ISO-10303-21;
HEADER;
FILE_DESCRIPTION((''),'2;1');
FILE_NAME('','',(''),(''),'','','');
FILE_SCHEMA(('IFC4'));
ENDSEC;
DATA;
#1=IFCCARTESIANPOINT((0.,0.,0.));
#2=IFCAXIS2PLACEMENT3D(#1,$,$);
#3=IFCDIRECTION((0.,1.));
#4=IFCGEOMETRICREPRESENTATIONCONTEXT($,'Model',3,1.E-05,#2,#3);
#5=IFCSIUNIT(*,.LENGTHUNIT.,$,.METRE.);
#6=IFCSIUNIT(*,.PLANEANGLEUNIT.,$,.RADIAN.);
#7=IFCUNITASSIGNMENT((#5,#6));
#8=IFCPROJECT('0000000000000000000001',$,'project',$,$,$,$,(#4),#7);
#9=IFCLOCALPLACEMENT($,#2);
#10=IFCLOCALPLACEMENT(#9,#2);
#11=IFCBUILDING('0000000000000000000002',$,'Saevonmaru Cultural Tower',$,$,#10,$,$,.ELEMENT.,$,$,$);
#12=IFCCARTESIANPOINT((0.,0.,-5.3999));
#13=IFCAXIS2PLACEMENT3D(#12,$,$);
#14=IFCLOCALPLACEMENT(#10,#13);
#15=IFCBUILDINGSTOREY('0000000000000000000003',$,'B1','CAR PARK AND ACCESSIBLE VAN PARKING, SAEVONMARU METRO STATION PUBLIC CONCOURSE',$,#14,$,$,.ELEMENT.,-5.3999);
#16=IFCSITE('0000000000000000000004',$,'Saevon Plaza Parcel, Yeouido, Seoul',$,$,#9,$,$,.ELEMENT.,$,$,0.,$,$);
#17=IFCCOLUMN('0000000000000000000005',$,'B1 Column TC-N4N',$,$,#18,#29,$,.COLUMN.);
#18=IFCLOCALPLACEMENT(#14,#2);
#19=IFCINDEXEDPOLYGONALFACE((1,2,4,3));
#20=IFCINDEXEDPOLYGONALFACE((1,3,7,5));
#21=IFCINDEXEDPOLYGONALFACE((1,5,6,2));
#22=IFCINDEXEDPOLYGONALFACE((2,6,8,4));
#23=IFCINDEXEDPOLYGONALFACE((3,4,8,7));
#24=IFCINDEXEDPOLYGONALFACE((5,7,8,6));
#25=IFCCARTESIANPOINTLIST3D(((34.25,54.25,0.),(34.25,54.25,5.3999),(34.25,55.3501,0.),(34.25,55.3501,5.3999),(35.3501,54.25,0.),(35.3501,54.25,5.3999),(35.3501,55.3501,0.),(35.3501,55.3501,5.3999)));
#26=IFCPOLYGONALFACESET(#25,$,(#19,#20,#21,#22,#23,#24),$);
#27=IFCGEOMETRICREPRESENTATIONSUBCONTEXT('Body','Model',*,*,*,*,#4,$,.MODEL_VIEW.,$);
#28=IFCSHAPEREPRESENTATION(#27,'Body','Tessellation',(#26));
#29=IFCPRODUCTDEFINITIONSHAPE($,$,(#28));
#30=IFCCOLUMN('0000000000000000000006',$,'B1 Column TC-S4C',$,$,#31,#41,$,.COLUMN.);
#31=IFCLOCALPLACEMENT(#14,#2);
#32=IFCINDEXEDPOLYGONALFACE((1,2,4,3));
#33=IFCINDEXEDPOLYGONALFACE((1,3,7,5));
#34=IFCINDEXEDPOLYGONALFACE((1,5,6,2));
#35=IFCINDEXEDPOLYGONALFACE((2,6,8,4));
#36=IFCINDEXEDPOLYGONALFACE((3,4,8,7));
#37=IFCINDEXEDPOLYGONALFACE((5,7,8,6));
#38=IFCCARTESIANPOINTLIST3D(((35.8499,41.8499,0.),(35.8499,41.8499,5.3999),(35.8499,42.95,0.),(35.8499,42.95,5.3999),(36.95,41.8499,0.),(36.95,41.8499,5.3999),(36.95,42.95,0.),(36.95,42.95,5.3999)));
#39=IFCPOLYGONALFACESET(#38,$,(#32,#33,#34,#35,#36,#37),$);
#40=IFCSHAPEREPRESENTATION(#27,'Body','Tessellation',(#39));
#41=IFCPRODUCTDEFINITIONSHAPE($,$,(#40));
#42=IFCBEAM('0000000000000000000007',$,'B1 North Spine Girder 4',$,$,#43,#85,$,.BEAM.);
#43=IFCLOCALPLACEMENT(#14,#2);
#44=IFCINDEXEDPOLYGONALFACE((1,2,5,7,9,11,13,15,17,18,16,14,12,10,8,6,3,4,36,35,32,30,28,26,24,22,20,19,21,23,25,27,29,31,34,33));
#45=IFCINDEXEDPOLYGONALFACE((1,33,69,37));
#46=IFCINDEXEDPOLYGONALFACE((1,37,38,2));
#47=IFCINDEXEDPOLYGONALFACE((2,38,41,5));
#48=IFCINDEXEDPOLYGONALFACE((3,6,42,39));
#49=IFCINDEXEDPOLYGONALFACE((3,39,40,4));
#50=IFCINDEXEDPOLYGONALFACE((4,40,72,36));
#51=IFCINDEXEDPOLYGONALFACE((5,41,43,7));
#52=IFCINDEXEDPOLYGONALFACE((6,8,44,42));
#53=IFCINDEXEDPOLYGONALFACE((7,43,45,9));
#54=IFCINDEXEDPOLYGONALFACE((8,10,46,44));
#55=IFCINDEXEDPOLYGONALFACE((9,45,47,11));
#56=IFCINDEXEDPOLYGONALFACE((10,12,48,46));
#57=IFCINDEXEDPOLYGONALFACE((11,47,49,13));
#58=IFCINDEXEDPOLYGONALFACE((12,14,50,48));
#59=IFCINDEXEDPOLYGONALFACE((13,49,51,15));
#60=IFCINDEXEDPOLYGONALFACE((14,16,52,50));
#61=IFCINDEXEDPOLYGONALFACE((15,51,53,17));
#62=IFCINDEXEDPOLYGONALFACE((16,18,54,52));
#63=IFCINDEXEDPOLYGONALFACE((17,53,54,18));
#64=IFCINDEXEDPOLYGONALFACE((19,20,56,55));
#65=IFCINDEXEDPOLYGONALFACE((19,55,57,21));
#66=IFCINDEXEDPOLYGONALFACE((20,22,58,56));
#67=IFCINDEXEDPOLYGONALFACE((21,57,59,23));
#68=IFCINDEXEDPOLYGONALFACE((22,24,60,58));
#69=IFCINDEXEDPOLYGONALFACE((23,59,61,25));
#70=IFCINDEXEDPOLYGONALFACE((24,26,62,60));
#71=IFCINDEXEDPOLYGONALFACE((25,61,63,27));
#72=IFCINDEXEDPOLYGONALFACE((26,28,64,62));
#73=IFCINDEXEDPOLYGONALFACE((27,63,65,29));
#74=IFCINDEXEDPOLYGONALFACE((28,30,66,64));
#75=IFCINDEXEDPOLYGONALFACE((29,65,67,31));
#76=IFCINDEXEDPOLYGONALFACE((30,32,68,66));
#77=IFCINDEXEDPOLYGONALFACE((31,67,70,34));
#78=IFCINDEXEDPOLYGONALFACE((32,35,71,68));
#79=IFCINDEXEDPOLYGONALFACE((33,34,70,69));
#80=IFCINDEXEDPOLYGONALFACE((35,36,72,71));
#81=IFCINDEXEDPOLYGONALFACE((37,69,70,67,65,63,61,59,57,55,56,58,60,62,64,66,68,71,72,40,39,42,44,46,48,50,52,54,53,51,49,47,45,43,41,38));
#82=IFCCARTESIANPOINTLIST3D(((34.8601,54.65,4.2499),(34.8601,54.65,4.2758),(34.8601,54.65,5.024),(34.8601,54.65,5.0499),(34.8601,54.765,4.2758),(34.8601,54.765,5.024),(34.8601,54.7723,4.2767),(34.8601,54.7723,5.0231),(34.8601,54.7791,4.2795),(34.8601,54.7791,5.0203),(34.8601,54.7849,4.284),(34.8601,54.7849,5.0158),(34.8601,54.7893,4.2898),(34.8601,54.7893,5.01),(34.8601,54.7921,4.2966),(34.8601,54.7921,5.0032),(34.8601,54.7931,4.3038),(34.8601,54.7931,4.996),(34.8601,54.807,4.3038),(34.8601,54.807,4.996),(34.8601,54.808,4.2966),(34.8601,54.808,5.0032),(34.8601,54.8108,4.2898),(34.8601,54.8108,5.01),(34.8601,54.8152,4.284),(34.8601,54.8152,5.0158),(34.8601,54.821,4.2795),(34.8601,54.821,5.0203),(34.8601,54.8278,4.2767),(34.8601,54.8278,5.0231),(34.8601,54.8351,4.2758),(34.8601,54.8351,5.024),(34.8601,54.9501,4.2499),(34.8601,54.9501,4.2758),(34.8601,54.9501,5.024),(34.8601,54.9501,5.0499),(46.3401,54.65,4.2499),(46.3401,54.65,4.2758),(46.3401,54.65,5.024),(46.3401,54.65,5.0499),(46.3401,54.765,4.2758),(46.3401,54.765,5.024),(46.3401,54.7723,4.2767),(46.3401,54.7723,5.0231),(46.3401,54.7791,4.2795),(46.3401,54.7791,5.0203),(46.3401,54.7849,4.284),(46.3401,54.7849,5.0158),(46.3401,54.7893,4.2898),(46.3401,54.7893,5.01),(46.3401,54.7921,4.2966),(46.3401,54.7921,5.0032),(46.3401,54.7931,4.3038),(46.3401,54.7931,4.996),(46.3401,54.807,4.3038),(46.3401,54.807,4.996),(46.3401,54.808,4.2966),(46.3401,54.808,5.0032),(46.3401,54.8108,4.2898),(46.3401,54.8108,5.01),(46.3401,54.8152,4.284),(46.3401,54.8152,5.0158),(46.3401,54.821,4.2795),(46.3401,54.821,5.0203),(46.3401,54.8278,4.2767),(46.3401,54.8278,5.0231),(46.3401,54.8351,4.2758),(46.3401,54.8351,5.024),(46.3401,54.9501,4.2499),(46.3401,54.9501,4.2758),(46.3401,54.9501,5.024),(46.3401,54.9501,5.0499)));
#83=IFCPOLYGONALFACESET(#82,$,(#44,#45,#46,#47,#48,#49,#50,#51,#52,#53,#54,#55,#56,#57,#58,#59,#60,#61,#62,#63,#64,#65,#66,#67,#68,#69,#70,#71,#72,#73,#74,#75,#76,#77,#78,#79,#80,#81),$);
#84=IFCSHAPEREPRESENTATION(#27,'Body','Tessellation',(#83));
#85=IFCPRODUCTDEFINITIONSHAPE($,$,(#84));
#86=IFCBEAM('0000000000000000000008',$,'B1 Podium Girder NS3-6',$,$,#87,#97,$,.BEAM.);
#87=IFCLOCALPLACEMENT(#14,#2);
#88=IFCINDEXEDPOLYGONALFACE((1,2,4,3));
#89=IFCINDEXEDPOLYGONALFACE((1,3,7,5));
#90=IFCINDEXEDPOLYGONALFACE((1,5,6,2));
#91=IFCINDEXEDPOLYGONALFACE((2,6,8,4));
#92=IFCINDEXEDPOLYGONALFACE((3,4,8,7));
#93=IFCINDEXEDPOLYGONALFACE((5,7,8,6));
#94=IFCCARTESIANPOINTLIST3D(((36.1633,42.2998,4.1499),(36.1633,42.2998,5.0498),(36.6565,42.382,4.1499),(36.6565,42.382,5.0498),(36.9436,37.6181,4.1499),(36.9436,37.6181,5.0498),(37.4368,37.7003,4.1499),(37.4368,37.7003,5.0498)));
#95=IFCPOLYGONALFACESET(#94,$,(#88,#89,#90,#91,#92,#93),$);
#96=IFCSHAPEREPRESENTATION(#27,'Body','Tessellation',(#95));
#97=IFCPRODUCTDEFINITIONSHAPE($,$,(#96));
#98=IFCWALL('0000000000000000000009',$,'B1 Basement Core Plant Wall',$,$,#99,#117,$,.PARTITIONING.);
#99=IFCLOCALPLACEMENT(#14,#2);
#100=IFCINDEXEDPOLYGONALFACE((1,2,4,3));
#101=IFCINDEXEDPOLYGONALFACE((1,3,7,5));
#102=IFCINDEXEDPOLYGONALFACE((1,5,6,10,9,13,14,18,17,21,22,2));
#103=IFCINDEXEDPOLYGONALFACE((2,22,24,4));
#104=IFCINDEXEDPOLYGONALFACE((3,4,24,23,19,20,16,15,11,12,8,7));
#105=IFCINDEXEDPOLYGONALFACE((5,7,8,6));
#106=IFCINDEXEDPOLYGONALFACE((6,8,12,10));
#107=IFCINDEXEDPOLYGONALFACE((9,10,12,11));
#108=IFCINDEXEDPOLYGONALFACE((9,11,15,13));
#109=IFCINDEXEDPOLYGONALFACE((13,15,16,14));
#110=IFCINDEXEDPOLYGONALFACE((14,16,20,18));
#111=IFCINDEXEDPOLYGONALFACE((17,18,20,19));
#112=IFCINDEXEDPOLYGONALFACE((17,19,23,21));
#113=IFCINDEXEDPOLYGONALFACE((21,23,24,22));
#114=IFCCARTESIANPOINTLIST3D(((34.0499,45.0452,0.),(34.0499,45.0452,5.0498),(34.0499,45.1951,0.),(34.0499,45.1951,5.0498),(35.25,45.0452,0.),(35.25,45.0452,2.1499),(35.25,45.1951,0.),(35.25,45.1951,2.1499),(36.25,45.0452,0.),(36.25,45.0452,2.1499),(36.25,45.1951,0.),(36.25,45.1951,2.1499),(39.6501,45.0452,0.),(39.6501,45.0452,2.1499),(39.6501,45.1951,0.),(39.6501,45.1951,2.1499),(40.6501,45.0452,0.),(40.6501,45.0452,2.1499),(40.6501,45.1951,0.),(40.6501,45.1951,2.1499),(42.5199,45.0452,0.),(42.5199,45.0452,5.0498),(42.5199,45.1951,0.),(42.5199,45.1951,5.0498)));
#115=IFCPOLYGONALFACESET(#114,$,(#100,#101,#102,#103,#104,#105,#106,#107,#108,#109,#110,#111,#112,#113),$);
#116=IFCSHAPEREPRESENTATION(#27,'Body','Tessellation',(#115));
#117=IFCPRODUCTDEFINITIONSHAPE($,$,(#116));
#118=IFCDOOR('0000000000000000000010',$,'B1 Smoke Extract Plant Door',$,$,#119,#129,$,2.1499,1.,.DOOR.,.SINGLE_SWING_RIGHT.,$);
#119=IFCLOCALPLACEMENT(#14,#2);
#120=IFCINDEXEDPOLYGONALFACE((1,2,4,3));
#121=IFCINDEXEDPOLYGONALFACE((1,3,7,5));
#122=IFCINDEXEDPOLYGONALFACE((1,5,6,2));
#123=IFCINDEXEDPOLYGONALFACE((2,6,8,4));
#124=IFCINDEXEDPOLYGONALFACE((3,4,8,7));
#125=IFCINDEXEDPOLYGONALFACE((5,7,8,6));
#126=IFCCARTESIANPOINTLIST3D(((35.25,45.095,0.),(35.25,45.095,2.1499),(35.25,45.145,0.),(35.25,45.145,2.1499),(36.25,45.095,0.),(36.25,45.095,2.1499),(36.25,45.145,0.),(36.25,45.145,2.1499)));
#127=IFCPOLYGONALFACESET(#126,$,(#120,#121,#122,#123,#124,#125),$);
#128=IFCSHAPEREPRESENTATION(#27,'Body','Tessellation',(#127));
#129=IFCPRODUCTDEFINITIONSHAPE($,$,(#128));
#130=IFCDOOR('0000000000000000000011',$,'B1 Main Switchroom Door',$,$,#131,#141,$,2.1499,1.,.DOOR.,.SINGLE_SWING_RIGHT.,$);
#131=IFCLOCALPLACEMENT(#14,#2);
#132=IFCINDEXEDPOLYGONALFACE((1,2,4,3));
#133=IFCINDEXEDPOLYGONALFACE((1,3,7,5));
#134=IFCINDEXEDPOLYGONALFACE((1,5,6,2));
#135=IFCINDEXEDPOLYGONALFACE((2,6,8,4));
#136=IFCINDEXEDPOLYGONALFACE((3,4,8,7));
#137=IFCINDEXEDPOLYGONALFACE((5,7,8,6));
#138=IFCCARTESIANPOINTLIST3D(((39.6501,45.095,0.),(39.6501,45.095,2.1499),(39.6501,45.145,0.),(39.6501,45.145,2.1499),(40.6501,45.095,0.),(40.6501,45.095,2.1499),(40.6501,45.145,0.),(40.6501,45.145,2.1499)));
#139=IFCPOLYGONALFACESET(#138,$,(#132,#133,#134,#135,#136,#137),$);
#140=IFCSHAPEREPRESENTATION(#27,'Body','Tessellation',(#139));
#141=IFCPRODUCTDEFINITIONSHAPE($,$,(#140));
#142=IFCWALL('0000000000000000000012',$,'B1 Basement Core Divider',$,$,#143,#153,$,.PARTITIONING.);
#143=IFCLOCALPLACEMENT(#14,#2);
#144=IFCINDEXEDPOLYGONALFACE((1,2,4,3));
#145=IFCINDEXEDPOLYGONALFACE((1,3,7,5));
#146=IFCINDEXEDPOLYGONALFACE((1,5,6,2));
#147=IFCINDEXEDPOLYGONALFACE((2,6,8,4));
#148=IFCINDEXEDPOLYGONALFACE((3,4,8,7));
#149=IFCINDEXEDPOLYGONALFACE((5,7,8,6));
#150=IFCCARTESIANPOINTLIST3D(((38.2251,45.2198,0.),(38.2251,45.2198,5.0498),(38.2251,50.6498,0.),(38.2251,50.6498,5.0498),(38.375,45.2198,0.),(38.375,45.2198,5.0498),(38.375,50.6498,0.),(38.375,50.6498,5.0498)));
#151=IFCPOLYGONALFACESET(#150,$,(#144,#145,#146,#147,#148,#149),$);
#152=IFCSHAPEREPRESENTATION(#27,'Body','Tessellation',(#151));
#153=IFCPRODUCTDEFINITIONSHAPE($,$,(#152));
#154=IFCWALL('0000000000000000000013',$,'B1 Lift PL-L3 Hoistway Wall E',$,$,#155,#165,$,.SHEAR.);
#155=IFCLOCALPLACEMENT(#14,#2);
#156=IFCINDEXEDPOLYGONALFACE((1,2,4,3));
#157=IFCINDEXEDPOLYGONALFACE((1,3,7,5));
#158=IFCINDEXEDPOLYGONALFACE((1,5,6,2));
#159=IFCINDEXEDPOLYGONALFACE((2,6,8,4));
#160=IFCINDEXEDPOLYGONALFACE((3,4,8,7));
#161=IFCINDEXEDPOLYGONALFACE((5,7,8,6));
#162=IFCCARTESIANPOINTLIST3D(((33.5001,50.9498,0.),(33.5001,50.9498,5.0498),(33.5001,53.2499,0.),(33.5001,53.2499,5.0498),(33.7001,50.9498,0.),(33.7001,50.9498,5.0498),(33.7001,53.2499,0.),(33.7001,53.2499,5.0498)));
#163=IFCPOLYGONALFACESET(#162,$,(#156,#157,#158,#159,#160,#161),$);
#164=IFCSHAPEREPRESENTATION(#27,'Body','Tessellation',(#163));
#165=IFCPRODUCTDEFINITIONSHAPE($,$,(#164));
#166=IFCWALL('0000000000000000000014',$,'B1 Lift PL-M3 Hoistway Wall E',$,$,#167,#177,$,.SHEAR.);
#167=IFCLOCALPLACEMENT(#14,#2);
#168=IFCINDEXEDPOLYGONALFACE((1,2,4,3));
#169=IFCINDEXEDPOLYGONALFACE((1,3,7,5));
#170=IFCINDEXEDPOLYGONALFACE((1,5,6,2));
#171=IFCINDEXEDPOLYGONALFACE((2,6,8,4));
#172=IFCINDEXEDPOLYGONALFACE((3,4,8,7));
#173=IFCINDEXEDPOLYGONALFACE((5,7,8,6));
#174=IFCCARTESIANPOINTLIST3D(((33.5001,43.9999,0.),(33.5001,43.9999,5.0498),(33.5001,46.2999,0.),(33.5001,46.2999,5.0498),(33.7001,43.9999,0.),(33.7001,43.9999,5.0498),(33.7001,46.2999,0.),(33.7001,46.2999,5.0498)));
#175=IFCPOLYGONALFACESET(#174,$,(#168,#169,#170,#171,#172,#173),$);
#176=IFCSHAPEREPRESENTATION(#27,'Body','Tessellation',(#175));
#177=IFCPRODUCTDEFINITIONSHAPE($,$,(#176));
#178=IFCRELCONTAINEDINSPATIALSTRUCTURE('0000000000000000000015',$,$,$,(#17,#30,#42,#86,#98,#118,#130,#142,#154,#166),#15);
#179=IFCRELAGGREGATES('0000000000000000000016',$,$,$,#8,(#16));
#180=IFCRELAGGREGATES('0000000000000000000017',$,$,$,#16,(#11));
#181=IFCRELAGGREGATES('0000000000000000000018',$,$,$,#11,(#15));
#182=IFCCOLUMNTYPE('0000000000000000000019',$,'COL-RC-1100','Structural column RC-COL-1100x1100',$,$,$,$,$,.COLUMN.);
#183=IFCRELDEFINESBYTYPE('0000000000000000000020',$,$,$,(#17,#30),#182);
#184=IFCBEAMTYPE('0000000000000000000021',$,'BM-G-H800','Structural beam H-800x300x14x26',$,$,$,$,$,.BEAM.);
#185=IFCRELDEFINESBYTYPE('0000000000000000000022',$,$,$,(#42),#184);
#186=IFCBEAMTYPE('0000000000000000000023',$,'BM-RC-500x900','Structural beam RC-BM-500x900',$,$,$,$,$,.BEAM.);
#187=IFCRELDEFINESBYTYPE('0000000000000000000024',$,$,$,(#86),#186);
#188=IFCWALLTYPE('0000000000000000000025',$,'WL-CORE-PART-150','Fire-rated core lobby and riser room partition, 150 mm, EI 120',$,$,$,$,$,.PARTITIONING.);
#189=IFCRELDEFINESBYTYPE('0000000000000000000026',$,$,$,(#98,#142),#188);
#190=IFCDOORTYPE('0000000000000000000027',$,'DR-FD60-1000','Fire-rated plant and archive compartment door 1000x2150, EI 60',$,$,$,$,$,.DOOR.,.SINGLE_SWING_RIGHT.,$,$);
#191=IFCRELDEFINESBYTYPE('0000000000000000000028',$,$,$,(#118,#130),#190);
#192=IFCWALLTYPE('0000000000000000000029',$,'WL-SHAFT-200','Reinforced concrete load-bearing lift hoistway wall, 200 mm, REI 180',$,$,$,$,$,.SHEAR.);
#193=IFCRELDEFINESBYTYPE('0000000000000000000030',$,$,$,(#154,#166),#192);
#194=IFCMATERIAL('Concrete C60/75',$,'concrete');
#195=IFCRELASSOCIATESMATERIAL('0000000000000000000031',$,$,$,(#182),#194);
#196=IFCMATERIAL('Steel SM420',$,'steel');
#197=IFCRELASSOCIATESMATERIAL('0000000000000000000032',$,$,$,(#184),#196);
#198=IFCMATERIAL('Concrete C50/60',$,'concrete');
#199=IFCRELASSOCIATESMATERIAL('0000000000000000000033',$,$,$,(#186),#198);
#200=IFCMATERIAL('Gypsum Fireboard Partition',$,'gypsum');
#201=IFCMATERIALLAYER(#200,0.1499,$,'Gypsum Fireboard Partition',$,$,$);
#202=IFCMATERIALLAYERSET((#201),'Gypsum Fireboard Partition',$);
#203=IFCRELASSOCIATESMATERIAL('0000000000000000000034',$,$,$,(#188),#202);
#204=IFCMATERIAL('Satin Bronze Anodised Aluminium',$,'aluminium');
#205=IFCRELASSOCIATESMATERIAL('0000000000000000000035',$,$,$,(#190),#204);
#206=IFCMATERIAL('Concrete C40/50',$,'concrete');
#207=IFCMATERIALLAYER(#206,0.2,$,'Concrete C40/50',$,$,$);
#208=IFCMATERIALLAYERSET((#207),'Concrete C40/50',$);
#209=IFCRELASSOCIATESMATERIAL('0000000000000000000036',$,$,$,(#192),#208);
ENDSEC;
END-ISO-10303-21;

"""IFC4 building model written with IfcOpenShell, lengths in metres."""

from ifc_helpers import new_model, si_unit, direction, frame, frame_2d, origin, origin_2d, place, context, subcontext, project, spatial, rectangle, i_section, extrude, material, layer, layer_set, material_profile, profile_set, type_object, element, fill, save


model = new_model("IFC4")

# Units and contexts
model_context = context("Model", 3, precision=1e-05, world=origin(), true_north=direction((0.0, 1.0)))
body_context = subcontext(model_context, "Body", "Model", "MODEL_VIEW")
ifc_project = project(units=[si_unit("LENGTHUNIT", "METRE"), si_unit("PLANEANGLEUNIT", "RADIAN")], contexts=[model_context])

# Site, building, storey
site_placement = place(None, origin())
site = spatial("IfcSite", under=ifc_project, at=site_placement, Name="Saevon Plaza Parcel, Yeouido, Seoul", CompositionType="ELEMENT", RefElevation=0.0)
building_placement = place(site_placement, origin())
building = spatial("IfcBuilding", under=site, at=building_placement, Name="Saevonmaru Cultural Tower", CompositionType="ELEMENT")
storey_placement = place(building_placement, frame((0.0, 0.0, -5.3999)))
storey = spatial("IfcBuildingStorey", under=building, at=storey_placement, Name="B1", Description="CAR PARK AND ACCESSIBLE VAN PARKING, SAEVONMARU METRO STATION PUBLIC CONCOURSE", CompositionType="ELEMENT", Elevation=-5.3999)

# Columns
ifc_material_1 = material(Name="Concrete C60/75", Category="concrete")
ifc_material_profile_1 = material_profile(ifc_material_1, rectangle(XDim=1.1001, YDim=1.1001, at=origin_2d()), Name="RC-COL-1100x1100")
ifc_profile_set_1 = profile_set([ifc_material_profile_1], Name="Concrete C60/75")
column_type = type_object("IfcColumnType", Name="COL-RC-1100", Description="Structural column RC-COL-1100x1100", PredefinedType="COLUMN", material=ifc_profile_set_1)
for number, where, z_axis, x_axis, name in (
    (1, (34.8, 54.8, 0.0), (0.0, 0.0, 1.0), (1.0, 0.0, 0.0), "B1 Column TC-N4N"),
    (2, (36.3999, 42.3999, 0.0), (0.0, 0.0, 1.0), (1.0, 0.0, 0.0), "B1 Column TC-S4C"),
):
    element("IfcColumn", number, at=place(storey_placement, frame(where, z_axis=z_axis, x_axis=x_axis)), inside=storey, type_object=column_type, Name=name, PredefinedType="COLUMN", context=body_context, shape_type="SweptSolid", body=[
        extrude(rectangle(XDim=1.1001, YDim=1.1001, at=origin_2d()), origin(), (0.0, 0.0, 1.0), 5.3999),
    ])

# Beams
ifc_material_2 = material(Name="Steel SM420", Category="steel")
ifc_material_profile_2 = material_profile(ifc_material_2, i_section(OverallWidth=0.3, OverallDepth=0.8, WebThickness=0.0139, FlangeThickness=0.0259, FilletRadius=0.0281, at=origin_2d()), Name="H-800x300x14x26")
ifc_profile_set_2 = profile_set([ifc_material_profile_2], Name="Steel SM420")
beam_type_1 = type_object("IfcBeamType", Name="BM-G-H800", Description="Structural beam H-800x300x14x26", PredefinedType="BEAM", material=ifc_profile_set_2)
beam_1_placement = place(storey_placement, frame((34.8601, 54.8, 4.6499), z_axis=(1.0, 0.0, 0.0), x_axis=(0.0, 1.0, 0.0)))
element("IfcBeam", 3, at=beam_1_placement, inside=storey, type_object=beam_type_1, Name="B1 North Spine Girder 4", PredefinedType="BEAM", context=body_context, shape_type="SweptSolid", body=[
    extrude(i_section(OverallWidth=0.3, OverallDepth=0.8, WebThickness=0.0139, FlangeThickness=0.0259, FilletRadius=0.0281, at=origin_2d()), origin(), (0.0, 0.0, 1.0), 11.48),
])
ifc_material_3 = material(Name="Concrete C50/60", Category="concrete")
ifc_material_profile_3 = material_profile(ifc_material_3, rectangle(XDim=0.5, YDim=0.8999, at=origin_2d()), Name="RC-BM-500x900")
ifc_profile_set_3 = profile_set([ifc_material_profile_3], Name="Concrete C50/60")
beam_type_2 = type_object("IfcBeamType", Name="BM-RC-500x900", Description="Structural beam RC-BM-500x900", PredefinedType="BEAM", material=ifc_profile_set_3)
beam_2_placement = place(storey_placement, frame((37.1902, 37.6592, 4.5999), z_axis=(-0.164399, 0.986394, 0.0), x_axis=(-0.986394, -0.164399, 0.0)))
element("IfcBeam", 4, at=beam_2_placement, inside=storey, type_object=beam_type_2, Name="B1 Podium Girder NS3-6", PredefinedType="BEAM", context=body_context, shape_type="SweptSolid", body=[
    extrude(rectangle(XDim=0.5, YDim=0.8999, at=origin_2d()), origin(), (0.0, 0.0, 1.0), 4.7463),
])

# Wall, openings, doors
ifc_material_4 = material(Name="Gypsum Fireboard Partition", Category="gypsum")
ifc_layer_1 = layer(ifc_material_4, 0.1499, Name="Gypsum Fireboard Partition")
ifc_layer_set_1 = layer_set([ifc_layer_1], Name="Gypsum Fireboard Partition")
wall_type_1 = type_object("IfcWallType", Name="WL-CORE-PART-150", Description="Fire-rated core lobby and riser room partition, 150 mm, EI 120", PredefinedType="PARTITIONING", material=ifc_layer_set_1)
wall_1_placement = place(storey_placement, frame((34.05, 45.1201, 0.0), z_axis=(0.0, 0.0, 1.0), x_axis=(1.0, 0.0, 0.0)))
wall_1 = element("IfcWall", 5, at=wall_1_placement, inside=storey, type_object=wall_type_1, Name="B1 Basement Core Plant Wall", PredefinedType="PARTITIONING", context=body_context, shape_type="SweptSolid", body=[
    extrude(rectangle(XDim=8.47, YDim=0.1499, at=frame_2d((4.2349, 0.0))), origin(), (0.0, 0.0, 1.0), 5.0498),
])
opening_1_placement = place(wall_1_placement, frame((1.2, 0.0, 0.0)))
opening_1 = element("IfcOpeningElement", 6, at=opening_1_placement, cuts=wall_1, PredefinedType="OPENING", context=body_context, shape_type="SweptSolid", body=[
    extrude(rectangle(XDim=1.0, YDim=2.1499, at=frame_2d((0.5, 1.075))), frame((0.0, 0.085, 0.0), z_axis=(0.0, -1.0, 0.0), x_axis=(1.0, 0.0, 0.0)), (0.0, 0.0, 1.0), 0.1699),
])
opening_2_placement = place(wall_1_placement, frame((5.6001, 0.0, 0.0)))
opening_2 = element("IfcOpeningElement", 7, at=opening_2_placement, cuts=wall_1, PredefinedType="OPENING", context=body_context, shape_type="SweptSolid", body=[
    extrude(rectangle(XDim=1.0, YDim=2.1499, at=frame_2d((0.5, 1.075))), frame((0.0, 0.085, 0.0), z_axis=(0.0, -1.0, 0.0), x_axis=(1.0, 0.0, 0.0)), (0.0, 0.0, 1.0), 0.1699),
])
ifc_material_5 = material(Name="Satin Bronze Anodised Aluminium", Category="aluminium")
door_type_1 = type_object("IfcDoorType", Name="DR-FD60-1000", Description="Fire-rated plant and archive compartment door 1000x2150, EI 60", OperationType="SINGLE_SWING_RIGHT", PredefinedType="DOOR", material=ifc_material_5)
door_1_placement = place(opening_1_placement, origin())
door_1 = element("IfcDoor", 8, at=door_1_placement, inside=storey, type_object=door_type_1, Name="B1 Smoke Extract Plant Door", OperationType="SINGLE_SWING_RIGHT", OverallHeight=2.1499, OverallWidth=1.0, PredefinedType="DOOR", context=body_context, shape_type="SweptSolid", body=[
    extrude(rectangle(XDim=1.0, YDim=2.1499, at=frame_2d((0.5, 1.075))), frame((0.0, 0.0249, 0.0), z_axis=(0.0, -1.0, 0.0), x_axis=(1.0, 0.0, 0.0)), (0.0, 0.0, 1.0), 0.05),
])
fill(opening_1, door_1)
door_2_placement = place(opening_2_placement, origin())
door_2 = element("IfcDoor", 9, at=door_2_placement, inside=storey, type_object=door_type_1, Name="B1 Main Switchroom Door", OperationType="SINGLE_SWING_RIGHT", OverallHeight=2.1499, OverallWidth=1.0, PredefinedType="DOOR", context=body_context, shape_type="SweptSolid", body=[
    extrude(rectangle(XDim=1.0, YDim=2.1499, at=frame_2d((0.5, 1.075))), frame((0.0, 0.0249, 0.0), z_axis=(0.0, -1.0, 0.0), x_axis=(1.0, 0.0, 0.0)), (0.0, 0.0, 1.0), 0.05),
])
fill(opening_2, door_2)

# Walls
wall_2_placement = place(storey_placement, frame((38.3, 45.22, 0.0), z_axis=(0.0, 0.0, 1.0), x_axis=(0.0, 1.0, 0.0)))
element("IfcWall", 10, at=wall_2_placement, inside=storey, type_object=wall_type_1, Name="B1 Basement Core Divider", PredefinedType="PARTITIONING", context=body_context, shape_type="SweptSolid", body=[
    extrude(rectangle(XDim=5.4299, YDim=0.1499, at=frame_2d((2.7148, 0.0))), origin(), (0.0, 0.0, 1.0), 5.0498),
])
ifc_material_6 = material(Name="Concrete C40/50", Category="concrete")
ifc_layer_2 = layer(ifc_material_6, 0.2, Name="Concrete C40/50")
ifc_layer_set_2 = layer_set([ifc_layer_2], Name="Concrete C40/50")
wall_type_2 = type_object("IfcWallType", Name="WL-SHAFT-200", Description="Reinforced concrete load-bearing lift hoistway wall, 200 mm, REI 180", PredefinedType="SHEAR", material=ifc_layer_set_2)
for number, where, z_axis, x_axis, name in (
    (11, (33.6001, 50.95, 0.0), (0.0, 0.0, 1.0), (0.0, 1.0, 0.0), "B1 Lift PL-L3 Hoistway Wall E"),
    (12, (33.6001, 44.0, 0.0), (0.0, 0.0, 1.0), (0.0, 1.0, 0.0), "B1 Lift PL-M3 Hoistway Wall E"),
):
    element("IfcWall", number, at=place(storey_placement, frame(where, z_axis=z_axis, x_axis=x_axis)), inside=storey, type_object=wall_type_2, Name=name, PredefinedType="SHEAR", context=body_context, shape_type="SweptSolid", body=[
        extrude(rectangle(XDim=2.3, YDim=0.2, at=frame_2d((1.1499, 0.0))), origin(), (0.0, 0.0, 1.0), 5.0498),
    ])

save(model, "model.ifc")
